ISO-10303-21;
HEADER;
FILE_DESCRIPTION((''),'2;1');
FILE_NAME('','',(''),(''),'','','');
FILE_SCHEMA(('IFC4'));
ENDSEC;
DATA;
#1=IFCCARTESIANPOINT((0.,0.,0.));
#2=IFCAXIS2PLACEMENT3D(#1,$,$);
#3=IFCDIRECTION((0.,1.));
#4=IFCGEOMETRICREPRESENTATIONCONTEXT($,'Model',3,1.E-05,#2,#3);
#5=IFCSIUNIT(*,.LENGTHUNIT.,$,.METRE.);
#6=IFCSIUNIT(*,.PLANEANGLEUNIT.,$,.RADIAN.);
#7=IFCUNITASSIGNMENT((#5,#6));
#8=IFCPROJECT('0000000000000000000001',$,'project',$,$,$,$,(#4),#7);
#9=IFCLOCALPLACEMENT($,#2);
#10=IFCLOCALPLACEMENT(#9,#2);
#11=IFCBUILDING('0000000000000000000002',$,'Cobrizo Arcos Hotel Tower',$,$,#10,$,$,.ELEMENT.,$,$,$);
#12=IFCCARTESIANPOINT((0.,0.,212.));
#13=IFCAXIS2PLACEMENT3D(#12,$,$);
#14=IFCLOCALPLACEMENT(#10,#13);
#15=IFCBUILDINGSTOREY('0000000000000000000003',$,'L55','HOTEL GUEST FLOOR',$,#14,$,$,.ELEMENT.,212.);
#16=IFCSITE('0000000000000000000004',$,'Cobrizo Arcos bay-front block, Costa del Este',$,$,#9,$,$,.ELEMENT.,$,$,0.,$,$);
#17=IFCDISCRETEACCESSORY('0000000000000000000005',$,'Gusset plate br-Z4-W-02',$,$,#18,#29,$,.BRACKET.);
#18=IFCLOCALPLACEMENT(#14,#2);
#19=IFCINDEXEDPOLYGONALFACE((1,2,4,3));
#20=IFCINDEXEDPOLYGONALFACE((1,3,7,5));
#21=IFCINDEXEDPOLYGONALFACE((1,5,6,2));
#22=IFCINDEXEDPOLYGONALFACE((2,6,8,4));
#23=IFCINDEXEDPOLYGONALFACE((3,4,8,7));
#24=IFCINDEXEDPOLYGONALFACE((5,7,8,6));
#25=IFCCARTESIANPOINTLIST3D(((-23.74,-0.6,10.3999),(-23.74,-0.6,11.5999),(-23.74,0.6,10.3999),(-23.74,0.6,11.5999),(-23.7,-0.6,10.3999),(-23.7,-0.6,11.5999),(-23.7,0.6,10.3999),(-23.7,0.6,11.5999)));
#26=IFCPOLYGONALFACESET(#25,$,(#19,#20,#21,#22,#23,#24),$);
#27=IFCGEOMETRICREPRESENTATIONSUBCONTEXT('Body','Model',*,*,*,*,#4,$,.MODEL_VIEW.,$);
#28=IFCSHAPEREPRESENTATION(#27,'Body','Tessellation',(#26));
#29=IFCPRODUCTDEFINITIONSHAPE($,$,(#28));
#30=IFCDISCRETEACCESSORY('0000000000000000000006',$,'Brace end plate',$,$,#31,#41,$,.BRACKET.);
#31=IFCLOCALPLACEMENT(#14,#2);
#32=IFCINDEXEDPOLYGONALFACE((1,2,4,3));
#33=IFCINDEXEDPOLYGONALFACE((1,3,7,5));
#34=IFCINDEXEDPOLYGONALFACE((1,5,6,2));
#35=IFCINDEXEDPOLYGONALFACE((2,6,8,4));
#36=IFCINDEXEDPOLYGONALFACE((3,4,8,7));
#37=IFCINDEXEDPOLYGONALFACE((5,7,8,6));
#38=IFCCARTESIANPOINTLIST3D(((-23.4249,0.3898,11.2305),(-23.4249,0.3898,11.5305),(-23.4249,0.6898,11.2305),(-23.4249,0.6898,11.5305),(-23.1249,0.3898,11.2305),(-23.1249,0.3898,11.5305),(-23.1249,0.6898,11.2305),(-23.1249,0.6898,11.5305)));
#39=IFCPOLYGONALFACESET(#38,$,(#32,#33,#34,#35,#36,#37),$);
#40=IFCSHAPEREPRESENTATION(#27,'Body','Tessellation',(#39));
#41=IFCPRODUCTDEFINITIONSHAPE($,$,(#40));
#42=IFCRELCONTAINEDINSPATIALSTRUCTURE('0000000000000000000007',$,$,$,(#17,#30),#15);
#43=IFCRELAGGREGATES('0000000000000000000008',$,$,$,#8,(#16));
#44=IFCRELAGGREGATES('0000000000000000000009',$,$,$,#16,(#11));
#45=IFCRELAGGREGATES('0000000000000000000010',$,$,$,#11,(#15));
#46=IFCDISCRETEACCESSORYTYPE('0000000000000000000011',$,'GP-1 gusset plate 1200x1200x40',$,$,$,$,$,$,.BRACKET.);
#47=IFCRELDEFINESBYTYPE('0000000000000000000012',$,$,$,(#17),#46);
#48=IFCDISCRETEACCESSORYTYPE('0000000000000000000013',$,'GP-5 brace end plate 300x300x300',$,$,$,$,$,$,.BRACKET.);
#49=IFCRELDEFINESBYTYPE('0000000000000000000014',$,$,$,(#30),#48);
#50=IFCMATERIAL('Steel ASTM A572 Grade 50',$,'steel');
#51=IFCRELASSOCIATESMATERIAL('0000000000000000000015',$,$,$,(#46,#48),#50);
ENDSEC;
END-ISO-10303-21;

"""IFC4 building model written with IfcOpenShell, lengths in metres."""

from ifc_helpers import new_model, si_unit, direction, frame, origin, origin_2d, place, context, subcontext, project, spatial, rectangle, extrude, material, type_object, element, save


model = new_model("IFC4")

# Units and contexts
model_context = context("Model", 3, precision=1e-05, world=origin(), true_north=direction((0.0, 1.0)))
body_context = subcontext(model_context, "Body", "Model", "MODEL_VIEW")
ifc_project = project(units=[si_unit("LENGTHUNIT", "METRE"), si_unit("PLANEANGLEUNIT", "RADIAN")], contexts=[model_context])

# Site, building, storey
site_placement = place(None, origin())
site = spatial("IfcSite", under=ifc_project, at=site_placement, Name="Cobrizo Arcos bay-front block, Costa del Este", CompositionType="ELEMENT", RefElevation=0.0)
building_placement = place(site_placement, origin())
building = spatial("IfcBuilding", under=site, at=building_placement, Name="Cobrizo Arcos Hotel Tower", CompositionType="ELEMENT")
storey_placement = place(building_placement, frame((0.0, 0.0, 212.0)))
storey = spatial("IfcBuildingStorey", under=building, at=storey_placement, Name="L55", Description="HOTEL GUEST FLOOR", CompositionType="ELEMENT", Elevation=212.0)

# Shared definitions
ifc_material_1 = material(Name="Steel ASTM A572 Grade 50", Category="steel")

# Discrete accessories
discrete_accessory_type_1 = type_object("IfcDiscreteAccessoryType", Name="GP-1 gusset plate 1200x1200x40", PredefinedType="BRACKET", material=ifc_material_1)
discrete_accessory_1_placement = place(storey_placement, frame((-23.72, 0.0, 10.3999), z_axis=(0.0, 0.0, 1.0), x_axis=(1.0, 0.0, 0.0)))
element("IfcDiscreteAccessory", 1, at=discrete_accessory_1_placement, inside=storey, type_object=discrete_accessory_type_1, Name="Gusset plate br-Z4-W-02", PredefinedType="BRACKET", context=body_context, shape_type="SweptSolid", body=[
    extrude(rectangle(XDim=0.04, YDim=1.2, at=origin_2d()), origin(), (0.0, 0.0, 1.0), 1.2),
])
discrete_accessory_type_2 = type_object("IfcDiscreteAccessoryType", Name="GP-5 brace end plate 300x300x300", PredefinedType="BRACKET", material=ifc_material_1)
discrete_accessory_2_placement = place(storey_placement, frame((-23.2749, 0.5398, 11.2305), z_axis=(0.0, 0.0, 1.0), x_axis=(1.0, 0.0, 0.0)))
element("IfcDiscreteAccessory", 2, at=discrete_accessory_2_placement, inside=storey, type_object=discrete_accessory_type_2, Name="Brace end plate", PredefinedType="BRACKET", context=body_context, shape_type="SweptSolid", body=[
    extrude(rectangle(XDim=0.3, YDim=0.3, at=origin_2d()), origin(), (0.0, 0.0, 1.0), 0.3),
])

save(model, "model.ifc")
